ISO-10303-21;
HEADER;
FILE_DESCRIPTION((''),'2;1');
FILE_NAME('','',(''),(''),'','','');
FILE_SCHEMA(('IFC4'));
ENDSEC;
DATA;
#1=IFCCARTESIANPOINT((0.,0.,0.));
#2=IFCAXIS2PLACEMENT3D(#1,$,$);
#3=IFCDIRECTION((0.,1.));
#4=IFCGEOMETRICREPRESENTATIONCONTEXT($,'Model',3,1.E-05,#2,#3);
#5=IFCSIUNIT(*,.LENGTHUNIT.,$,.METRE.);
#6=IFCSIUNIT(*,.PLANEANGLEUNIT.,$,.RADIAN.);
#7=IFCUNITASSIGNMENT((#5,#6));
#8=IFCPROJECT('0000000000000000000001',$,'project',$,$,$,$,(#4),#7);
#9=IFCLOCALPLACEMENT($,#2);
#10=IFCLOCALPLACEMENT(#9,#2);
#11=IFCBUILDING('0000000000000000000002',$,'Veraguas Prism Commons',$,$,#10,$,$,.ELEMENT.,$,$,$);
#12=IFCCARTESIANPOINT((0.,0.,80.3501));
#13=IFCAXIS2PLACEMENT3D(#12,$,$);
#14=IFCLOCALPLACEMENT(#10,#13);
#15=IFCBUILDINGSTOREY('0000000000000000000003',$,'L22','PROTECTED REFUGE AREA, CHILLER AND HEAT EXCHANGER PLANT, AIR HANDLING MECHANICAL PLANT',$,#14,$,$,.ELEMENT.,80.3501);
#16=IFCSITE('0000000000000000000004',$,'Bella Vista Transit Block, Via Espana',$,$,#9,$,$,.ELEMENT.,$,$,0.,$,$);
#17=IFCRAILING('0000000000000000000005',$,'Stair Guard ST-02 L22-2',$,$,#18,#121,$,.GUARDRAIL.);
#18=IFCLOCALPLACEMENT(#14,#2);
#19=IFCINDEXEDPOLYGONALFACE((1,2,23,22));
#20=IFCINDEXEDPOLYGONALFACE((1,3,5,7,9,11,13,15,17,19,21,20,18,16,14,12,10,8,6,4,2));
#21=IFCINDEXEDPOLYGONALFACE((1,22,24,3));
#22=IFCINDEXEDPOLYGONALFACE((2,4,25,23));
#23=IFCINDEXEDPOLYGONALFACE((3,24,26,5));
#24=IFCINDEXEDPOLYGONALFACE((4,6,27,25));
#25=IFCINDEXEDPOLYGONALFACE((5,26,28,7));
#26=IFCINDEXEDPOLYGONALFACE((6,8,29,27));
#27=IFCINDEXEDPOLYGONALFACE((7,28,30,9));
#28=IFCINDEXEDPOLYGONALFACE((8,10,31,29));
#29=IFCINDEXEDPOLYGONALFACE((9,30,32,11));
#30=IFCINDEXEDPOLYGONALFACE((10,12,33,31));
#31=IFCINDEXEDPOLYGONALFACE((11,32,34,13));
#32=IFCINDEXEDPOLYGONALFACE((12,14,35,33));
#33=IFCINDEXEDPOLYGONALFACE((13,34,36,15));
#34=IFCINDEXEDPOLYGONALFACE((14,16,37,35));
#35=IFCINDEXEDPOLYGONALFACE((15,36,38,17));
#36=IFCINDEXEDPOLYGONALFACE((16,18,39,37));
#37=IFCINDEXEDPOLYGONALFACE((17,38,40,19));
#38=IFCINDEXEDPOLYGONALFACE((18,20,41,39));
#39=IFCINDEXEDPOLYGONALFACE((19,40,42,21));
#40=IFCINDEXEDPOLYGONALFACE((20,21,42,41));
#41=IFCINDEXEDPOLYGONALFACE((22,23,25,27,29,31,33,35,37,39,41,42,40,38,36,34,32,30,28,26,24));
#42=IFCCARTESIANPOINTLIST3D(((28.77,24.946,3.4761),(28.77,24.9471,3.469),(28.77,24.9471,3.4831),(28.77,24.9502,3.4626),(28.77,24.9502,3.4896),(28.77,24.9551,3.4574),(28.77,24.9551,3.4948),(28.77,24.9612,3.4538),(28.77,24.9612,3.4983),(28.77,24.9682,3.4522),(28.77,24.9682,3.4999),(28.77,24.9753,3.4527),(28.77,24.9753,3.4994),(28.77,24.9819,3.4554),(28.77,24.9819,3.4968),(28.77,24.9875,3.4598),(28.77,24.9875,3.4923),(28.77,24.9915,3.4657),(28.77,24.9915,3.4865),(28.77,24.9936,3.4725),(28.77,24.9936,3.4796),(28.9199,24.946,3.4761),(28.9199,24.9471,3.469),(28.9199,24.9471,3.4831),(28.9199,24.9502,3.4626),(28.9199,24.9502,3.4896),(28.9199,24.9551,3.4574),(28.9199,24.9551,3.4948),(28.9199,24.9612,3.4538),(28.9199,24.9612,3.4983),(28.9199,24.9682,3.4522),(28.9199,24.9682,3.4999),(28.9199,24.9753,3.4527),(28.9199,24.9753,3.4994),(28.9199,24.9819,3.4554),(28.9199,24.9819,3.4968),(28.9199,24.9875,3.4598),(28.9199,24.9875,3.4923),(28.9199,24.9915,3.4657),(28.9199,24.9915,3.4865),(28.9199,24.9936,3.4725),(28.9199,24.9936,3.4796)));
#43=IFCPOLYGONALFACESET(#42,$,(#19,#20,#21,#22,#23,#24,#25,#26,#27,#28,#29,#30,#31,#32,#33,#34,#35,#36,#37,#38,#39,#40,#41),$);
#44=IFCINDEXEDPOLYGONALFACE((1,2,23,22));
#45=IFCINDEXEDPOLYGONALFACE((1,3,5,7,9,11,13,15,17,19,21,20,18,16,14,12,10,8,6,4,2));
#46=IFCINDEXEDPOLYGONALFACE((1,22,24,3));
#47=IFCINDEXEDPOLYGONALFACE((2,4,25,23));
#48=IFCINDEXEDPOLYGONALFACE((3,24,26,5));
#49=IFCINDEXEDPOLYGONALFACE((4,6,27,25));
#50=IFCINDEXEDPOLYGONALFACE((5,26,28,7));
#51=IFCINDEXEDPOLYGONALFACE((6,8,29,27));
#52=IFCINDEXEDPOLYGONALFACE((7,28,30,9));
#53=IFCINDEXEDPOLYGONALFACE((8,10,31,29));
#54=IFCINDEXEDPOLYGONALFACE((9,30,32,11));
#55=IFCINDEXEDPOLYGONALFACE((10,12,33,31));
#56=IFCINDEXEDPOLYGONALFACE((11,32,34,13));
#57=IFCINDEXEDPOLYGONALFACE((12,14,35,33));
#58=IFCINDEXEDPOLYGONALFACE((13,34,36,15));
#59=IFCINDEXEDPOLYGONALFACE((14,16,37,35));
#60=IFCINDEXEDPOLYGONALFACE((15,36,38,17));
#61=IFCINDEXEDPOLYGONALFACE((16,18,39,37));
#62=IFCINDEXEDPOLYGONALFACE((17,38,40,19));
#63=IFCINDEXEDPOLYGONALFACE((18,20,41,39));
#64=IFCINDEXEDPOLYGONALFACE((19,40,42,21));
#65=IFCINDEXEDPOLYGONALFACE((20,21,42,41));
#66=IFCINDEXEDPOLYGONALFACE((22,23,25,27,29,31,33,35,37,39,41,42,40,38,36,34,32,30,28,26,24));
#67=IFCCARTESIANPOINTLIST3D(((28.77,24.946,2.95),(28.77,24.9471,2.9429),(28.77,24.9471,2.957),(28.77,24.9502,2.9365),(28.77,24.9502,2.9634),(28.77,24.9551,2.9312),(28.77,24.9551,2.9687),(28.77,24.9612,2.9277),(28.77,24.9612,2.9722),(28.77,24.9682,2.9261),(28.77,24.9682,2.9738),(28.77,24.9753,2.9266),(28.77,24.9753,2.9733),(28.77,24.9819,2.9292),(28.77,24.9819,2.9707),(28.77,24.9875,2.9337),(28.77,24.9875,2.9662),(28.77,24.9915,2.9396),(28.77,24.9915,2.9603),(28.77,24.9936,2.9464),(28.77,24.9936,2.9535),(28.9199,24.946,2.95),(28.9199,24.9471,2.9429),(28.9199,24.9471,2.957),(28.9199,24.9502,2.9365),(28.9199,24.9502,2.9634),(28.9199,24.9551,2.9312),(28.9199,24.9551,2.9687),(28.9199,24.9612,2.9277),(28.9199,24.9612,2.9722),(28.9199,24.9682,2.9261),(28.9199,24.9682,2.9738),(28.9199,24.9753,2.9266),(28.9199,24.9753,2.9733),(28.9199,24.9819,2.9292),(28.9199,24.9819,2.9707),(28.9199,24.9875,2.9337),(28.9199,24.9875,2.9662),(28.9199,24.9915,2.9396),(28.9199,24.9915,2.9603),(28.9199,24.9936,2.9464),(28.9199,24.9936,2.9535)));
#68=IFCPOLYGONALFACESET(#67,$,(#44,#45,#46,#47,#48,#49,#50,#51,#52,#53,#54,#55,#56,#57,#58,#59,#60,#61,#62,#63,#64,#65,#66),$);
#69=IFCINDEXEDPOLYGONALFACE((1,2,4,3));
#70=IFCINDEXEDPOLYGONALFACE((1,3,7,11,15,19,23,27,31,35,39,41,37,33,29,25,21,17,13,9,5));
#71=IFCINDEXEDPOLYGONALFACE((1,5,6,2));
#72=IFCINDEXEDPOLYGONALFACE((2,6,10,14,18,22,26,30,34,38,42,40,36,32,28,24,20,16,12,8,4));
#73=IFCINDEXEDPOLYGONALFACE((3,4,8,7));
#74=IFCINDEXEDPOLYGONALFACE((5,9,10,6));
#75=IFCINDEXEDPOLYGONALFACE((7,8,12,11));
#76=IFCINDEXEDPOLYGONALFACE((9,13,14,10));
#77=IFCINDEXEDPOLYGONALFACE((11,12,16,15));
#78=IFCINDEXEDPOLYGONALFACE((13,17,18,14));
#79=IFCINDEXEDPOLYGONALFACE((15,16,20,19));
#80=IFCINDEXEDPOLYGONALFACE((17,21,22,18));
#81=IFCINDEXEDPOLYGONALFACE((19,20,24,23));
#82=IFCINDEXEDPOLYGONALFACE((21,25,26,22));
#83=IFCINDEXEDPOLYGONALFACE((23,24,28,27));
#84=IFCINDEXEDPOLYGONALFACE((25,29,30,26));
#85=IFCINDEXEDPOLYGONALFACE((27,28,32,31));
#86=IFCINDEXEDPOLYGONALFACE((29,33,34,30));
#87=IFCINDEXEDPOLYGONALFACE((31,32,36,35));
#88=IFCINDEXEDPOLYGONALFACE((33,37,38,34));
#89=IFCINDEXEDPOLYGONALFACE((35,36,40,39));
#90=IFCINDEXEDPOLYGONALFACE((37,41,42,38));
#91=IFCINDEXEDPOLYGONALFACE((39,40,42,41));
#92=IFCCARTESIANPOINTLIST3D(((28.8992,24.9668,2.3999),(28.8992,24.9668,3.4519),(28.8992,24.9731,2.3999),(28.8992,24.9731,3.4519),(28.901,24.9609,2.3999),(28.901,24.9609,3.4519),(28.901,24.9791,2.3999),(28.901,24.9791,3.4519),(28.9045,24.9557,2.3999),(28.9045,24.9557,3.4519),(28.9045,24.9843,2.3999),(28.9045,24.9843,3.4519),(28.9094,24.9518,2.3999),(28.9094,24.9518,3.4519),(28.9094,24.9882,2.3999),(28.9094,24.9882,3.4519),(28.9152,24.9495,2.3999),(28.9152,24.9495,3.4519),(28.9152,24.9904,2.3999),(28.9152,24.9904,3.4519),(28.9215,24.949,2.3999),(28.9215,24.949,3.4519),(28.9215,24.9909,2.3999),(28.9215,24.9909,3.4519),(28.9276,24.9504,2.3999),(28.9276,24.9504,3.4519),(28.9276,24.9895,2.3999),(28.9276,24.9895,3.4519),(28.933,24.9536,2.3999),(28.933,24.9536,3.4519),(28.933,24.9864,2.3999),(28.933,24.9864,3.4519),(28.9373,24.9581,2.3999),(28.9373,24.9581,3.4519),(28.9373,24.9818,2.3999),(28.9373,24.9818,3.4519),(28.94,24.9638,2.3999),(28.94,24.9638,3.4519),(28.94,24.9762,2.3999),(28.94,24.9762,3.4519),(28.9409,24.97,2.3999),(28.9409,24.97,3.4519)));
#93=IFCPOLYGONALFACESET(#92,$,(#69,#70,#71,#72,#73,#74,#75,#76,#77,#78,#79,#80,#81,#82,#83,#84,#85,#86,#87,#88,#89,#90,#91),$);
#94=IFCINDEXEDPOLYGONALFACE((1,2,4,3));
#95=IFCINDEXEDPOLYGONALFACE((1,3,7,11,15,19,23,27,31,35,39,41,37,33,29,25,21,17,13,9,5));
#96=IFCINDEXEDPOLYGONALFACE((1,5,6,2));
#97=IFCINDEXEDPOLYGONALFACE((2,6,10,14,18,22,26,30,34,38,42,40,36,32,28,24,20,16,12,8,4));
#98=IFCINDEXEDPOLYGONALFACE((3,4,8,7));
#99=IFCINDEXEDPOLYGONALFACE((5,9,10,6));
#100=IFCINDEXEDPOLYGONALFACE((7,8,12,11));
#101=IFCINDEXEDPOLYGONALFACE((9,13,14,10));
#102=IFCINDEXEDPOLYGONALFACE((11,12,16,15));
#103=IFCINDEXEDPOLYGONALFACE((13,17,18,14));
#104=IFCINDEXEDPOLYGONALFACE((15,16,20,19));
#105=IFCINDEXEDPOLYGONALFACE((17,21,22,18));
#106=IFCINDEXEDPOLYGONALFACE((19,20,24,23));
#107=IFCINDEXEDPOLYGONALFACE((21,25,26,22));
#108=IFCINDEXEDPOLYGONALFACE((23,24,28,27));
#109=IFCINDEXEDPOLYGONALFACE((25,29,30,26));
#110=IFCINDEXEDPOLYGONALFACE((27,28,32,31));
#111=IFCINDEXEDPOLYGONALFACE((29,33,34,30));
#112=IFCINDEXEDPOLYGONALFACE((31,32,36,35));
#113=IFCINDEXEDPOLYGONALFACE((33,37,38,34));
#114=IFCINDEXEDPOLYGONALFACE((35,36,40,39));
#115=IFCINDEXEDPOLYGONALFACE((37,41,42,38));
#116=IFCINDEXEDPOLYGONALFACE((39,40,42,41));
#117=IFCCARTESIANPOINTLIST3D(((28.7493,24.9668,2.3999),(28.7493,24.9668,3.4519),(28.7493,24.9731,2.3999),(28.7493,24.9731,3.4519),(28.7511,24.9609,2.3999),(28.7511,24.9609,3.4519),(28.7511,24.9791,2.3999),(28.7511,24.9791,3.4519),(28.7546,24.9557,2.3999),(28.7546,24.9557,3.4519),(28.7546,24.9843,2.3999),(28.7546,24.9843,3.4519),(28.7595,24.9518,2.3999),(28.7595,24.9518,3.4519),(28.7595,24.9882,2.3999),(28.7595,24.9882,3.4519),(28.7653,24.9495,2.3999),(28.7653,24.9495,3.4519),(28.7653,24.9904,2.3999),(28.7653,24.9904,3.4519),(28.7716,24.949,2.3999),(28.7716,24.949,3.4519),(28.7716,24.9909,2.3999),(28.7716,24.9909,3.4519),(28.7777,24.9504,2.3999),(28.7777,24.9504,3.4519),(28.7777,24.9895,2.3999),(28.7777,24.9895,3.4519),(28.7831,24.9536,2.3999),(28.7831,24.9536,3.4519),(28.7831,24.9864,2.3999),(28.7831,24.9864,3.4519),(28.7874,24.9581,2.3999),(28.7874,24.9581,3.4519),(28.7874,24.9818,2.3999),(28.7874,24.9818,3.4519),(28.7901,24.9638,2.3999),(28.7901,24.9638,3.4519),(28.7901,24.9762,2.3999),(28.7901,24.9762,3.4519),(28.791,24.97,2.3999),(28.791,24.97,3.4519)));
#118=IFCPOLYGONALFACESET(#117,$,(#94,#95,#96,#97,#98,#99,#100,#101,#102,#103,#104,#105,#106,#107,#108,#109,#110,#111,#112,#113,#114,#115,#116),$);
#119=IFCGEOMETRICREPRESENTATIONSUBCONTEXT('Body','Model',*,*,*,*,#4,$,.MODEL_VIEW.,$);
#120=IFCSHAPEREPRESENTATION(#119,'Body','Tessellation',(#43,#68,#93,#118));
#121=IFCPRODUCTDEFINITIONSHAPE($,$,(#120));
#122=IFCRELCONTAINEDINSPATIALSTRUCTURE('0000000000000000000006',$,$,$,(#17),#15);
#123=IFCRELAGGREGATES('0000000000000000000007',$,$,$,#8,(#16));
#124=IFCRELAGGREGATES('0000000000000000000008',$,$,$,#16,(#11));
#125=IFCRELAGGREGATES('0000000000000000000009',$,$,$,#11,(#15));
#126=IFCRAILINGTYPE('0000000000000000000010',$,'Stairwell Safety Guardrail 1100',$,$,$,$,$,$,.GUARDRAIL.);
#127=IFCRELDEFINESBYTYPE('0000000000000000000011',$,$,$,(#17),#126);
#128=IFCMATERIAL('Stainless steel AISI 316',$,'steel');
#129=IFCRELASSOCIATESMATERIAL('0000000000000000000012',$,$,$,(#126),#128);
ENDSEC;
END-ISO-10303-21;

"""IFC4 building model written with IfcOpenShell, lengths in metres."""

from ifc_helpers import new_model, si_unit, direction, frame, origin, origin_2d, place, context, subcontext, project, spatial, circle, extrude, material, type_object, element, save


model = new_model("IFC4")

# Units and contexts
model_context = context("Model", 3, precision=1e-05, world=origin(), true_north=direction((0.0, 1.0)))
body_context = subcontext(model_context, "Body", "Model", "MODEL_VIEW")
ifc_project = project(units=[si_unit("LENGTHUNIT", "METRE"), si_unit("PLANEANGLEUNIT", "RADIAN")], contexts=[model_context])

# Site, building, storey
site_placement = place(None, origin())
site = spatial("IfcSite", under=ifc_project, at=site_placement, Name="Bella Vista Transit Block, Via Espana", CompositionType="ELEMENT", RefElevation=0.0)
building_placement = place(site_placement, origin())
building = spatial("IfcBuilding", under=site, at=building_placement, Name="Veraguas Prism Commons", CompositionType="ELEMENT")
storey_placement = place(building_placement, frame((0.0, 0.0, 80.3501)))
storey = spatial("IfcBuildingStorey", under=building, at=storey_placement, Name="L22", Description="PROTECTED REFUGE AREA, CHILLER AND HEAT EXCHANGER PLANT, AIR HANDLING MECHANICAL PLANT", CompositionType="ELEMENT", Elevation=80.3501)

# Railing
ifc_material_1 = material(Name="Stainless steel AISI 316", Category="steel")
railing_type_1 = type_object("IfcRailingType", Name="Stairwell Safety Guardrail 1100", PredefinedType="GUARDRAIL", material=ifc_material_1)
railing_1_placement = place(storey_placement, frame((28.9199, 24.97, 2.3999)))
element("IfcRailing", 1, at=railing_1_placement, inside=storey, type_object=railing_type_1, Name="Stair Guard ST-02 L22-2", PredefinedType="GUARDRAIL", context=body_context, shape_type="SweptSolid", body=[
    extrude(circle(Radius=0.0239, at=origin_2d()), frame((0.0, 0.0, 1.0762), z_axis=(-1.0, 0.0, 0.0), x_axis=(0.0, -1.0, 0.0)), (0.0, 0.0, 1.0), 0.1499),
    extrude(circle(Radius=0.0239, at=origin_2d()), frame((0.0, 0.0, 0.55), z_axis=(-1.0, 0.0, 0.0), x_axis=(0.0, -1.0, 0.0)), (0.0, 0.0, 1.0), 0.1499),
    extrude(circle(Radius=0.021, at=origin_2d()), origin(), (0.0, 0.0, 1.0), 1.052),
    extrude(circle(Radius=0.021, at=origin_2d()), frame((-0.1499, 0.0, 0.0)), (0.0, 0.0, 1.0), 1.052),
])

save(model, "model.ifc")
